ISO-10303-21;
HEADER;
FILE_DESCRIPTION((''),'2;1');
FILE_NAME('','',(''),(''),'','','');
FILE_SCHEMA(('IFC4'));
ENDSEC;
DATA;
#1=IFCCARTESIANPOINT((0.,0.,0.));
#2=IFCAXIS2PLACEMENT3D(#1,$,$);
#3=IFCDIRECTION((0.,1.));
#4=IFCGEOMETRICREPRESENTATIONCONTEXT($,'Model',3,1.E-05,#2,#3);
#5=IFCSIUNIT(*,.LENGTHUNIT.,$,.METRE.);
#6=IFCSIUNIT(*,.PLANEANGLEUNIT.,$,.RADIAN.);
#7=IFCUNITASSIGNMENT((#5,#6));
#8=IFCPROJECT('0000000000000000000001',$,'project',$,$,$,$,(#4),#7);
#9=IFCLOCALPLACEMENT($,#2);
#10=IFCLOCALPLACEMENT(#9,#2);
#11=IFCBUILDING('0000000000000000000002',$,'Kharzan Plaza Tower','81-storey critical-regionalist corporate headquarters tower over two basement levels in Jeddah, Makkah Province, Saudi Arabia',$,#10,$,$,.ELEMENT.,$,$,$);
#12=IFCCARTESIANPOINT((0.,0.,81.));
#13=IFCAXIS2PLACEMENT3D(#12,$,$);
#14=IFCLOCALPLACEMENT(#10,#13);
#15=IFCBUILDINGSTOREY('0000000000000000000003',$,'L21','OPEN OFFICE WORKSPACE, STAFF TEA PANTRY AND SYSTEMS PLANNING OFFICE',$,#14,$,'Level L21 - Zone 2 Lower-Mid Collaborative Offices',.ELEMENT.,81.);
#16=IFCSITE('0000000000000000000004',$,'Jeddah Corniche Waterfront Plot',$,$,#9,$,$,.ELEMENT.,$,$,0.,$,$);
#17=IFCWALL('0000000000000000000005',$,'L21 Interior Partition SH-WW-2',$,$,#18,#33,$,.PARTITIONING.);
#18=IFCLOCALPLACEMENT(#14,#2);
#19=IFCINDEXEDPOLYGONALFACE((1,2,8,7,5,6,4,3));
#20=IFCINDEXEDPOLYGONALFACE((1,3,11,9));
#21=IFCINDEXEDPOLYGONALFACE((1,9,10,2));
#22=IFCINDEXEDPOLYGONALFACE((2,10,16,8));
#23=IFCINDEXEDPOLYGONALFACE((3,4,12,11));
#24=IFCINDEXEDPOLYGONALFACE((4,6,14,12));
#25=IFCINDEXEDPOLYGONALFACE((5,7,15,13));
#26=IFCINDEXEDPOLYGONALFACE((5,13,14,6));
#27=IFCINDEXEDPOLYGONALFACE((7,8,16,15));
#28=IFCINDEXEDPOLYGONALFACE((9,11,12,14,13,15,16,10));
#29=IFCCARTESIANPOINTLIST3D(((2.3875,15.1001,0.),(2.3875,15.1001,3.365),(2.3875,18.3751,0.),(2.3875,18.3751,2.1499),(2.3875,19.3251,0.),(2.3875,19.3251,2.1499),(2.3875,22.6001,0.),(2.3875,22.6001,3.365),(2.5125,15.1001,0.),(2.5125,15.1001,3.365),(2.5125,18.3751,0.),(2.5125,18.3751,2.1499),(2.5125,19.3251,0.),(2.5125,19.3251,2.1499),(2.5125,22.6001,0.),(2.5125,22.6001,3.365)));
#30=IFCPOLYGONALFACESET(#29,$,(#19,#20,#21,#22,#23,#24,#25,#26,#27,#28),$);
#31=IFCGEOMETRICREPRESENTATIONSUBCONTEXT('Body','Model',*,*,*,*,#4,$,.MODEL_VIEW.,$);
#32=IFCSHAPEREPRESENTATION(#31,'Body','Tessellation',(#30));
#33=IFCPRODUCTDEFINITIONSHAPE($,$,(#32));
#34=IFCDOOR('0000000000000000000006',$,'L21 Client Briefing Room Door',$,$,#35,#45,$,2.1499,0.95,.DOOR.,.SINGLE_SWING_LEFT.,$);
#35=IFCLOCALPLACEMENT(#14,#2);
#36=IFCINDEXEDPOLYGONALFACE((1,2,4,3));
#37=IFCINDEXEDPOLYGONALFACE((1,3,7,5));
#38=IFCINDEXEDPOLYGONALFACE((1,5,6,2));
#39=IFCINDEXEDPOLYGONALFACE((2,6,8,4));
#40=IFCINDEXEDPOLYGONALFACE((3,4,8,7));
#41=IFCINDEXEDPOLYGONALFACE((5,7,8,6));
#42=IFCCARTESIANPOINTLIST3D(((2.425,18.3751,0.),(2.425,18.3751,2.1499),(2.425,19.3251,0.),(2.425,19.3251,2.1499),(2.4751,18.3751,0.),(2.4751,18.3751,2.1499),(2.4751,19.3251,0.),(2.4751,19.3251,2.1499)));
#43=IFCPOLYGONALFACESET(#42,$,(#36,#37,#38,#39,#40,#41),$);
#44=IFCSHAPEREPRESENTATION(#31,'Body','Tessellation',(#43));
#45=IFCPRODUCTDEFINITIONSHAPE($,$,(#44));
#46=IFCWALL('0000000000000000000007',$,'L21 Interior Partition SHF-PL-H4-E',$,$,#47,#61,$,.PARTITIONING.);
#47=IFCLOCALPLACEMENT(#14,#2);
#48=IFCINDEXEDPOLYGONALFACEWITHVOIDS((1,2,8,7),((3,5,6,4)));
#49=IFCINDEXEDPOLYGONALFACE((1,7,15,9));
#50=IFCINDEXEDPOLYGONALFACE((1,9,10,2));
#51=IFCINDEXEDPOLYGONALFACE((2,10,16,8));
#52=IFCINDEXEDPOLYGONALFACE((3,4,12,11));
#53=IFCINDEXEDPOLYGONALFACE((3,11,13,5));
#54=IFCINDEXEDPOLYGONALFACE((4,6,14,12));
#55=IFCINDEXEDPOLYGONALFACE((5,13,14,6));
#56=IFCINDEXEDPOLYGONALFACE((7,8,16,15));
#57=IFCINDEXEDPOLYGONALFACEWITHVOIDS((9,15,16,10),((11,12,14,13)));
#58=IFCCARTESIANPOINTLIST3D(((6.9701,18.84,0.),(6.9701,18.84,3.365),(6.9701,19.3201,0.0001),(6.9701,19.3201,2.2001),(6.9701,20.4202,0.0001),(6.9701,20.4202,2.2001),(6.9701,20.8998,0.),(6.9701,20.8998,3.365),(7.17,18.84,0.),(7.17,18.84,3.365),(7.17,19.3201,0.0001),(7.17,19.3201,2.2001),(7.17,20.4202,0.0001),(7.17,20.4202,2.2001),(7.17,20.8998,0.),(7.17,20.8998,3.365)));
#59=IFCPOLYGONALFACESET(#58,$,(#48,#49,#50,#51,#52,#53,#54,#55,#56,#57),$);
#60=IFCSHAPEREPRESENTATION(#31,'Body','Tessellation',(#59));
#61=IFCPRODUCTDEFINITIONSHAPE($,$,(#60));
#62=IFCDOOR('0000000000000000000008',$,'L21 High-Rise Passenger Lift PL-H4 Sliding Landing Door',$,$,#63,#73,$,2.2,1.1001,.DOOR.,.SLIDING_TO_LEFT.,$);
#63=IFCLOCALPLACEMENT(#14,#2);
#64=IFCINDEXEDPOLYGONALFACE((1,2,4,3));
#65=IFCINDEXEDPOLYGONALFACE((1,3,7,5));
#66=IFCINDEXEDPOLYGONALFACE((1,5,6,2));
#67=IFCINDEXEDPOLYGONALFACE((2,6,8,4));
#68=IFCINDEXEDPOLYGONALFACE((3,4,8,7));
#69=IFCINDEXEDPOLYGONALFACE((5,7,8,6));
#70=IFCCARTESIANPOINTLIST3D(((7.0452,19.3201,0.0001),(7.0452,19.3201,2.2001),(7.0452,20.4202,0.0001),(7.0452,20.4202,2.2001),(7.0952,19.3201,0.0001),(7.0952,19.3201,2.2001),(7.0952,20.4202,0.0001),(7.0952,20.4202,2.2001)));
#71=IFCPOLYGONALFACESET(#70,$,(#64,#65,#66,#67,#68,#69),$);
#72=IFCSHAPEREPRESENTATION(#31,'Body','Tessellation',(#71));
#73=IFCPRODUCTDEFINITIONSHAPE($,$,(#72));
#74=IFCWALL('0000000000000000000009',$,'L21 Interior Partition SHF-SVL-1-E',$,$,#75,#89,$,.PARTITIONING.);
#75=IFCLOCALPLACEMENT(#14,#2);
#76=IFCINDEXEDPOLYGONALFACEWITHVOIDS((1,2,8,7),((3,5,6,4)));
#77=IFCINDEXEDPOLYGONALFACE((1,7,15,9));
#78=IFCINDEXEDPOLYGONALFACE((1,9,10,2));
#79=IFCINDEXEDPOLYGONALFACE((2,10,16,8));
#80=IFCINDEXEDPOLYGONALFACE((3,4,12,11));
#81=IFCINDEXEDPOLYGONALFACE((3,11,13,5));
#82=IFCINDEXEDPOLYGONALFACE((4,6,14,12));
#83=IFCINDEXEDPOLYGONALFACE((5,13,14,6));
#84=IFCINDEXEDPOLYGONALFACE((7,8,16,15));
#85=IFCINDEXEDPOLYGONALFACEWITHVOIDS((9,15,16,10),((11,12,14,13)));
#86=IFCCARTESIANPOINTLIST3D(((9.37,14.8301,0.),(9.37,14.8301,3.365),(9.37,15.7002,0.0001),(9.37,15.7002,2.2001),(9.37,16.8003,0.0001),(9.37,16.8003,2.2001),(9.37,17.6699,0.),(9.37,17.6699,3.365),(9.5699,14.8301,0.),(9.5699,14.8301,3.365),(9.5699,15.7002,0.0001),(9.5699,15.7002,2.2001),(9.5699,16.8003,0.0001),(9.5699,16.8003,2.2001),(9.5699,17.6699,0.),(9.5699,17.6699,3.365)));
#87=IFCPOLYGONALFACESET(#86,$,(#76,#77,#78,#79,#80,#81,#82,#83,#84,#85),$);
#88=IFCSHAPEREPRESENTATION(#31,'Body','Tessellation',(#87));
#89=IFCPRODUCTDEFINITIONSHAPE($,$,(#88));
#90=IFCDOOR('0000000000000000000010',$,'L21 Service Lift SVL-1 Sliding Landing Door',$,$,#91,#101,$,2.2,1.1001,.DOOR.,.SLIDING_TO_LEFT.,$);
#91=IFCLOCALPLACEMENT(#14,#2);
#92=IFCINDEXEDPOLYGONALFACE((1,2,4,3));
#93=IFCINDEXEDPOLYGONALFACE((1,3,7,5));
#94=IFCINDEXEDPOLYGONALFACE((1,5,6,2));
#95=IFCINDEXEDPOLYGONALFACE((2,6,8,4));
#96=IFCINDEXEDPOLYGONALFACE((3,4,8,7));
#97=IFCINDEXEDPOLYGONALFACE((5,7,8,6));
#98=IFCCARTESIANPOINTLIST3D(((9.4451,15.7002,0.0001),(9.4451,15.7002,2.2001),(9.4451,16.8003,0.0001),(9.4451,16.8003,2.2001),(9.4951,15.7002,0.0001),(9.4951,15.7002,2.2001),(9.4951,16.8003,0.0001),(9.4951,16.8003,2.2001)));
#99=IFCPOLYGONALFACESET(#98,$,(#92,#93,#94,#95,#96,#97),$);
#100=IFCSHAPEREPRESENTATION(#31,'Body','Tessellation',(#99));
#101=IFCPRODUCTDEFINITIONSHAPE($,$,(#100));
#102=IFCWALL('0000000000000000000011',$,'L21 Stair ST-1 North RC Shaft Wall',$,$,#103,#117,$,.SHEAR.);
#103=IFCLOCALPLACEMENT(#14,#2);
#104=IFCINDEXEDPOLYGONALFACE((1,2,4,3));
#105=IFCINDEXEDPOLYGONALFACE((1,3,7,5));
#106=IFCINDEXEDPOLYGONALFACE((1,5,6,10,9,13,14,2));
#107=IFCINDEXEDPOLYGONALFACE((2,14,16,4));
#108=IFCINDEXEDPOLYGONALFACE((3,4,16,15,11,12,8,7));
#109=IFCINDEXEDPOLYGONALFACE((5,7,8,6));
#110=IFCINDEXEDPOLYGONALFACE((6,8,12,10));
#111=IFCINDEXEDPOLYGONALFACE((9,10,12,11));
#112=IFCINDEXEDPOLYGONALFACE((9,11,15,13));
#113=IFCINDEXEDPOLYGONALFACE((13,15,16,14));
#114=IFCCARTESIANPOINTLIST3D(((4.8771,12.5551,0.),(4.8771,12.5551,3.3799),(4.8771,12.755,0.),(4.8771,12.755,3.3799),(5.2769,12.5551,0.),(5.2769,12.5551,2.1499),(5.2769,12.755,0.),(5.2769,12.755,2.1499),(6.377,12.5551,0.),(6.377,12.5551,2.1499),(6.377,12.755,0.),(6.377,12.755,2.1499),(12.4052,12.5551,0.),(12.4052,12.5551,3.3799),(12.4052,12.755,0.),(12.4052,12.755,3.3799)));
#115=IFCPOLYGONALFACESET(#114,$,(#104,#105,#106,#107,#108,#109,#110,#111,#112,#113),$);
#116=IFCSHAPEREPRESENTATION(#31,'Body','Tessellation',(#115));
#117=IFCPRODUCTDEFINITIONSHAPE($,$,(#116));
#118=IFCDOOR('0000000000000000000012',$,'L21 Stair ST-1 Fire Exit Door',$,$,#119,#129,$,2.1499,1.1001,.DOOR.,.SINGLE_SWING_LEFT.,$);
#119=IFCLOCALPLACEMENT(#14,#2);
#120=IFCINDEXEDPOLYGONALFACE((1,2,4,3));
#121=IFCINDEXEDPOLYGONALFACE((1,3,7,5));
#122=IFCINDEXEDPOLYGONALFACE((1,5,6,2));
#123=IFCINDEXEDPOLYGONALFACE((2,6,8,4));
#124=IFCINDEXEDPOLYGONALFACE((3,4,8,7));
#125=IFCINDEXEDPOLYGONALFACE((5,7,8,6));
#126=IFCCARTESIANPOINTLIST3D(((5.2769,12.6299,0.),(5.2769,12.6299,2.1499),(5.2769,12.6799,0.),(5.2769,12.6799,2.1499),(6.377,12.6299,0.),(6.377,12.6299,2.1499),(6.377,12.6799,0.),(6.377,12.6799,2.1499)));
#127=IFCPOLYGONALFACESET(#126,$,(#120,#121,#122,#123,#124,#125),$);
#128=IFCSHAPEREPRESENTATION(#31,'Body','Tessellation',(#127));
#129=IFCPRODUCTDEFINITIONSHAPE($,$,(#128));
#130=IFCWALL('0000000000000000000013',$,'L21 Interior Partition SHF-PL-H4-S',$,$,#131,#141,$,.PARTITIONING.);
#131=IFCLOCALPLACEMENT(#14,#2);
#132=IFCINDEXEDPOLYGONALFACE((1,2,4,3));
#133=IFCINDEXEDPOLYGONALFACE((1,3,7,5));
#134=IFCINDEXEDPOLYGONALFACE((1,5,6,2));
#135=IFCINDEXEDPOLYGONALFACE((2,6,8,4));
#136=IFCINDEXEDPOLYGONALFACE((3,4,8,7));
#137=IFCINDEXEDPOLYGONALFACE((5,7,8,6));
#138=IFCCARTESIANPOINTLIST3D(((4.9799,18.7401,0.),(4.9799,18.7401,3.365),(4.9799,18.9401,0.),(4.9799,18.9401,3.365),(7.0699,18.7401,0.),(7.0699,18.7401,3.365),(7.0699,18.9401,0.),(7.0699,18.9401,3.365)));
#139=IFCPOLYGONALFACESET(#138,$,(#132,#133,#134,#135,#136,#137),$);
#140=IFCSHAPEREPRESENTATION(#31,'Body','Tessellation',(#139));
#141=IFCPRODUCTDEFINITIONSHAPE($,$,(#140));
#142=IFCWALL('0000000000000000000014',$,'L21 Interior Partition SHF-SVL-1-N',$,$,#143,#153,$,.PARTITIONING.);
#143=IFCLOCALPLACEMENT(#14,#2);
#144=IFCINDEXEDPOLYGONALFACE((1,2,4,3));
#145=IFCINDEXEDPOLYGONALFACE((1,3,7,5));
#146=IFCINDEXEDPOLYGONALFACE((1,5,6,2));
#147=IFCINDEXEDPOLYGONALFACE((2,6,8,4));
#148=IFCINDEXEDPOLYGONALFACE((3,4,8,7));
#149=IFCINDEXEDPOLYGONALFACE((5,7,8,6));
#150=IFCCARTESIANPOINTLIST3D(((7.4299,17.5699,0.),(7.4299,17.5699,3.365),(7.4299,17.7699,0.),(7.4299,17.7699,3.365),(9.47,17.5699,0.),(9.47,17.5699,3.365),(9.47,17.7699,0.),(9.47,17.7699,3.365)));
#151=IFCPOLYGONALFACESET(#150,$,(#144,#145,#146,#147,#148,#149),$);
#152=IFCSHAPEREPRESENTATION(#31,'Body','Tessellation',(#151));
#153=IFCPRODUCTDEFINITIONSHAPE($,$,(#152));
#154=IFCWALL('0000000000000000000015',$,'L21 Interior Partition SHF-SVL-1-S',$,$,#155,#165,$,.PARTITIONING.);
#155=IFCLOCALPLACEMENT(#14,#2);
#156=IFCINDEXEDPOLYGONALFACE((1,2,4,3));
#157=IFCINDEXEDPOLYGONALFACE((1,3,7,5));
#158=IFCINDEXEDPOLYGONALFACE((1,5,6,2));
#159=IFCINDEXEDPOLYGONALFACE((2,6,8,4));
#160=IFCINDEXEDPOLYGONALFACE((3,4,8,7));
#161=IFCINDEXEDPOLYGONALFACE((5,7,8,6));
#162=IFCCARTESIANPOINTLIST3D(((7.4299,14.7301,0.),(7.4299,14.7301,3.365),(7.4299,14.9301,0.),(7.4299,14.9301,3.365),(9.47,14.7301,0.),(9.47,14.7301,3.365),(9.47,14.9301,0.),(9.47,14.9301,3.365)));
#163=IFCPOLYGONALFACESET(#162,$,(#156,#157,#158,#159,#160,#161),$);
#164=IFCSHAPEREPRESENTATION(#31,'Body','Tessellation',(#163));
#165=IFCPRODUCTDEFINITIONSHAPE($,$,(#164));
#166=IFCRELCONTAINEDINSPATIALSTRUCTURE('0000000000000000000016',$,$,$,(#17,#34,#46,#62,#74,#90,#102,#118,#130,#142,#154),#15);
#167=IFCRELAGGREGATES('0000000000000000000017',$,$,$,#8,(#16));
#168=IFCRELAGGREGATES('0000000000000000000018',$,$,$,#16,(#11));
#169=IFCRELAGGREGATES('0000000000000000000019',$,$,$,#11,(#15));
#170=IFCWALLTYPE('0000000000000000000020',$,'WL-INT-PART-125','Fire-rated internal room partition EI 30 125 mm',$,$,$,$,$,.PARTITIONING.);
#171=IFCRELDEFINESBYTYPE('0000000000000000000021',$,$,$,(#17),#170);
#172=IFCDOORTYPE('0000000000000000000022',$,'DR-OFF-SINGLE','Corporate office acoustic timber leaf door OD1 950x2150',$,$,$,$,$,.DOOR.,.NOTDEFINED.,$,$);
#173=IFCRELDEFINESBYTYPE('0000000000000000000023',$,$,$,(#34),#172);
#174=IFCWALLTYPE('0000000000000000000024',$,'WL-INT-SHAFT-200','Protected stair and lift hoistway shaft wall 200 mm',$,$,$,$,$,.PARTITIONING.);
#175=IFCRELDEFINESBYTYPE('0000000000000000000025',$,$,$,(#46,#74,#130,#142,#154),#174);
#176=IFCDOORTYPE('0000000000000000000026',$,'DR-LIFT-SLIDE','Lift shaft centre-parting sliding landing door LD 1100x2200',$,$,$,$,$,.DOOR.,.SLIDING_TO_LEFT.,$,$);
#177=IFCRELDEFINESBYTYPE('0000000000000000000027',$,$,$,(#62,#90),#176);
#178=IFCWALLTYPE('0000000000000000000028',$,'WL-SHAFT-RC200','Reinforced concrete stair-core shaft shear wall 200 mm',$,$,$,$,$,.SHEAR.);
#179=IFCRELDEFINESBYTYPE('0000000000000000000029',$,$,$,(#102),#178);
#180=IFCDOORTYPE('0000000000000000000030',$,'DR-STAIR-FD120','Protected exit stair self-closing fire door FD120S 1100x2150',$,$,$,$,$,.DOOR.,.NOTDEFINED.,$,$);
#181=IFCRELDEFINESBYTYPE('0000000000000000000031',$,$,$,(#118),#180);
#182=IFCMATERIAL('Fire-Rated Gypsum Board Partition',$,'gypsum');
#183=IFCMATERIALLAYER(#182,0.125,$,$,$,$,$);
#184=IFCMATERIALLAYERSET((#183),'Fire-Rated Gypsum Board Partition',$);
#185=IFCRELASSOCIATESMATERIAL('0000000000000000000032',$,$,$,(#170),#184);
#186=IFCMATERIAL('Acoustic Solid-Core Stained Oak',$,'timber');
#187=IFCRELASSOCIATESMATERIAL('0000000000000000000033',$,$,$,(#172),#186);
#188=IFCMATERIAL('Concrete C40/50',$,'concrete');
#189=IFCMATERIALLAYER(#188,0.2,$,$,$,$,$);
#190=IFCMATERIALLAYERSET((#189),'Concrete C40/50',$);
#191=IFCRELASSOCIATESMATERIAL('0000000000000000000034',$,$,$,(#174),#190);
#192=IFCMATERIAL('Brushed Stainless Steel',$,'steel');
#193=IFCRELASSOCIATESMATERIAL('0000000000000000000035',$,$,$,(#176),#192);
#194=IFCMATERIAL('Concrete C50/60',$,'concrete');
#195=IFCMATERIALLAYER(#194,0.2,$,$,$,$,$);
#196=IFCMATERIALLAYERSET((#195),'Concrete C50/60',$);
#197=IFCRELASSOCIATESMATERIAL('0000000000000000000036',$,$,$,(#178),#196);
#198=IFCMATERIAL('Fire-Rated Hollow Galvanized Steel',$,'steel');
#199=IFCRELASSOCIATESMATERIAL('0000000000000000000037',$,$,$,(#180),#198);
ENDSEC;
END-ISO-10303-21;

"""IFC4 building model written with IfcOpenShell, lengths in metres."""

from ifc_helpers import new_model, si_unit, direction, frame, frame_2d, origin, place, context, subcontext, project, spatial, rectangle, extrude, source, transform, mapped, material, layer, layer_set, type_object, element, fill, save


model = new_model("IFC4")

# Units and contexts
model_context = context("Model", 3, precision=1e-05, world=origin(), true_north=direction((0.0, 1.0)))
body_context = subcontext(model_context, "Body", "Model", "MODEL_VIEW")
ifc_project = project(units=[si_unit("LENGTHUNIT", "METRE"), si_unit("PLANEANGLEUNIT", "RADIAN")], contexts=[model_context])

# Site, building, storey
site_placement = place(None, origin())
site = spatial("IfcSite", under=ifc_project, at=site_placement, Name="Jeddah Corniche Waterfront Plot", CompositionType="ELEMENT", RefElevation=0.0)
building_placement = place(site_placement, origin())
building = spatial("IfcBuilding", under=site, at=building_placement, Name="Kharzan Plaza Tower", Description="81-storey critical-regionalist corporate headquarters tower over two basement levels in Jeddah, Makkah Province, Saudi Arabia", CompositionType="ELEMENT")
storey_placement = place(building_placement, frame((0.0, 0.0, 81.0)))
storey = spatial("IfcBuildingStorey", under=building, at=storey_placement, Name="L21", Description="OPEN OFFICE WORKSPACE, STAFF TEA PANTRY AND SYSTEMS PLANNING OFFICE", LongName="Level L21 - Zone 2 Lower-Mid Collaborative Offices", CompositionType="ELEMENT", Elevation=81.0)

# Shared definitions
ifc_material_1 = material(Name="Concrete C40/50", Category="concrete")

# Walls, openings, doors
ifc_material_2 = material(Name="Fire-Rated Gypsum Board Partition", Category="gypsum")
ifc_layer_1 = layer(ifc_material_2, 0.125)
ifc_layer_set_1 = layer_set([ifc_layer_1], Name="Fire-Rated Gypsum Board Partition")
wall_type_1 = type_object("IfcWallType", Name="WL-INT-PART-125", Description="Fire-rated internal room partition EI 30 125 mm", PredefinedType="PARTITIONING", material=ifc_layer_set_1)
wall_1_placement = place(storey_placement, frame((2.45, 15.1001, 0.0), z_axis=(0.0, 0.0, 1.0), x_axis=(0.0, 1.0, 0.0)))
wall_1 = element("IfcWall", 1, at=wall_1_placement, inside=storey, type_object=wall_type_1, Name="L21 Interior Partition SH-WW-2", PredefinedType="PARTITIONING", context=body_context, shape_type="SweptSolid", body=[
    extrude(rectangle(XDim=7.5, YDim=0.125, at=frame_2d((3.75, 0.0))), origin(), (0.0, 0.0, 1.0), 3.365),
])
opening_1_placement = place(wall_1_placement, frame((3.2749, 0.0, 0.0)))
opening_1 = element("IfcOpeningElement", 2, at=opening_1_placement, cuts=wall_1, PredefinedType="OPENING", context=body_context, shape_type="SweptSolid", body=[
    extrude(rectangle(XDim=0.95, YDim=2.1499, at=frame_2d((0.4751, 1.075))), frame((0.0, 0.0725, 0.0), z_axis=(0.0, -1.0, 0.0), x_axis=(1.0, 0.0, 0.0)), (0.0, 0.0, 1.0), 0.145),
])
ifc_material_3 = material(Name="Acoustic Solid-Core Stained Oak", Category="timber")
door_type_1 = type_object("IfcDoorType", Name="DR-OFF-SINGLE", Description="Corporate office acoustic timber leaf door OD1 950x2150", OperationType="NOTDEFINED", PredefinedType="DOOR", material=ifc_material_3)
shared_shape_1 = source(origin(), body_context, "Body", "SweptSolid", [
    extrude(rectangle(XDim=0.95, YDim=2.1499, at=frame_2d((0.4751, 1.075))), frame((0.0, 0.0249, 0.0), z_axis=(0.0, -1.0, 0.0), x_axis=(1.0, 0.0, 0.0)), (0.0, 0.0, 1.0), 0.05),
])
door_1_placement = place(opening_1_placement, origin())
door_1 = element("IfcDoor", 3, at=door_1_placement, inside=storey, type_object=door_type_1, Name="L21 Client Briefing Room Door", OperationType="SINGLE_SWING_LEFT", OverallHeight=2.1499, OverallWidth=0.95, PredefinedType="DOOR", context=body_context, shape_type="MappedRepresentation", body=[
    mapped(shared_shape_1, transform((0.0, 0.0, 0.0), x_axis=(1.0, 0.0, 0.0), y_axis=(0.0, 1.0, 0.0), z_axis=(0.0, 0.0, 1.0))),
])
fill(opening_1, door_1)
ifc_layer_2 = layer(ifc_material_1, 0.2)
ifc_layer_set_2 = layer_set([ifc_layer_2], Name="Concrete C40/50")
wall_type_2 = type_object("IfcWallType", Name="WL-INT-SHAFT-200", Description="Protected stair and lift hoistway shaft wall 200 mm", PredefinedType="PARTITIONING", material=ifc_layer_set_2)
wall_2_placement = place(storey_placement, frame((7.0701, 18.8401, 0.0), z_axis=(0.0, 0.0, 1.0), x_axis=(0.0, 1.0, 0.0)))
wall_2 = element("IfcWall", 4, at=wall_2_placement, inside=storey, type_object=wall_type_2, Name="L21 Interior Partition SHF-PL-H4-E", PredefinedType="PARTITIONING", context=body_context, shape_type="SweptSolid", body=[
    extrude(rectangle(XDim=2.0598, YDim=0.2, at=frame_2d((1.0298, 0.0))), origin(), (0.0, 0.0, 1.0), 3.365),
])
opening_2_placement = place(wall_2_placement, frame((0.48, 0.0, 0.0)))
opening_2 = element("IfcOpeningElement", 5, at=opening_2_placement, cuts=wall_2, PredefinedType="OPENING", context=body_context, shape_type="SweptSolid", body=[
    extrude(rectangle(XDim=1.1001, YDim=2.2, at=frame_2d((0.55, 1.1001))), frame((0.0, 0.1099, 0.0), z_axis=(0.0, -1.0, 0.0), x_axis=(1.0, 0.0, 0.0)), (0.0, 0.0, 1.0), 0.22),
])
ifc_material_4 = material(Name="Brushed Stainless Steel", Category="steel")
door_type_2 = type_object("IfcDoorType", Name="DR-LIFT-SLIDE", Description="Lift shaft centre-parting sliding landing door LD 1100x2200", OperationType="SLIDING_TO_LEFT", PredefinedType="DOOR", material=ifc_material_4)
shared_shape_2 = source(origin(), body_context, "Body", "SweptSolid", [
    extrude(rectangle(XDim=1.1001, YDim=2.2, at=frame_2d((0.55, 1.1001))), frame((0.0, 0.0249, 0.0), z_axis=(0.0, -1.0, 0.0), x_axis=(1.0, 0.0, 0.0)), (0.0, 0.0, 1.0), 0.05),
])
door_2_placement = place(opening_2_placement, origin())
door_2 = element("IfcDoor", 6, at=door_2_placement, inside=storey, type_object=door_type_2, Name="L21 High-Rise Passenger Lift PL-H4 Sliding Landing Door", OperationType="SLIDING_TO_LEFT", OverallHeight=2.2, OverallWidth=1.1001, PredefinedType="DOOR", context=body_context, shape_type="MappedRepresentation", body=[
    mapped(shared_shape_2, transform((0.0, 0.0, 0.0), x_axis=(1.0, 0.0, 0.0), y_axis=(0.0, 1.0, 0.0), z_axis=(0.0, 0.0, 1.0))),
])
fill(opening_2, door_2)
wall_3_placement = place(storey_placement, frame((9.47, 14.8301, 0.0), z_axis=(0.0, 0.0, 1.0), x_axis=(0.0, 1.0, 0.0)))
wall_3 = element("IfcWall", 7, at=wall_3_placement, inside=storey, type_object=wall_type_2, Name="L21 Interior Partition SHF-SVL-1-E", PredefinedType="PARTITIONING", context=body_context, shape_type="SweptSolid", body=[
    extrude(rectangle(XDim=2.8398, YDim=0.2, at=frame_2d((1.4199, 0.0))), origin(), (0.0, 0.0, 1.0), 3.365),
])
opening_3_placement = place(wall_3_placement, frame((0.8701, 0.0, 0.0)))
opening_3 = element("IfcOpeningElement", 8, at=opening_3_placement, cuts=wall_3, PredefinedType="OPENING", context=body_context, shape_type="SweptSolid", body=[
    extrude(rectangle(XDim=1.1001, YDim=2.2, at=frame_2d((0.55, 1.1001))), frame((0.0, 0.1099, 0.0), z_axis=(0.0, -1.0, 0.0), x_axis=(1.0, 0.0, 0.0)), (0.0, 0.0, 1.0), 0.22),
])
door_3_placement = place(opening_3_placement, origin())
door_3 = element("IfcDoor", 9, at=door_3_placement, inside=storey, type_object=door_type_2, Name="L21 Service Lift SVL-1 Sliding Landing Door", OperationType="SLIDING_TO_LEFT", OverallHeight=2.2, OverallWidth=1.1001, PredefinedType="DOOR", context=body_context, shape_type="MappedRepresentation", body=[
    mapped(shared_shape_2, transform((0.0, 0.0, 0.0), x_axis=(1.0, 0.0, 0.0), y_axis=(0.0, 1.0, 0.0), z_axis=(0.0, 0.0, 1.0))),
])
fill(opening_3, door_3)
ifc_material_5 = material(Name="Concrete C50/60", Category="concrete")
ifc_layer_3 = layer(ifc_material_5, 0.2)
ifc_layer_set_3 = layer_set([ifc_layer_3], Name="Concrete C50/60")
wall_type_3 = type_object("IfcWallType", Name="WL-SHAFT-RC200", Description="Reinforced concrete stair-core shaft shear wall 200 mm", PredefinedType="SHEAR", material=ifc_layer_set_3)
wall_4_placement = place(storey_placement, frame((4.877, 12.655, 0.0), z_axis=(0.0, 0.0, 1.0), x_axis=(1.0, 0.0, 0.0)))
wall_4 = element("IfcWall", 10, at=wall_4_placement, inside=storey, type_object=wall_type_3, Name="L21 Stair ST-1 North RC Shaft Wall", PredefinedType="SHEAR", context=body_context, shape_type="SweptSolid", body=[
    extrude(rectangle(XDim=7.5281, YDim=0.2, at=frame_2d((3.7642, 0.0))), origin(), (0.0, 0.0, 1.0), 3.3799),
])
opening_4_placement = place(wall_4_placement, frame((0.3999, 0.0, 0.0)))
opening_4 = element("IfcOpeningElement", 11, at=opening_4_placement, cuts=wall_4, PredefinedType="OPENING", context=body_context, shape_type="SweptSolid", body=[
    extrude(rectangle(XDim=1.1001, YDim=2.1499, at=frame_2d((0.55, 1.075))), frame((0.0, 0.1099, 0.0), z_axis=(0.0, -1.0, 0.0), x_axis=(1.0, 0.0, 0.0)), (0.0, 0.0, 1.0), 0.22),
])
ifc_material_6 = material(Name="Fire-Rated Hollow Galvanized Steel", Category="steel")
door_type_3 = type_object("IfcDoorType", Name="DR-STAIR-FD120", Description="Protected exit stair self-closing fire door FD120S 1100x2150", OperationType="NOTDEFINED", PredefinedType="DOOR", material=ifc_material_6)
shared_shape_3 = source(origin(), body_context, "Body", "SweptSolid", [
    extrude(rectangle(XDim=1.1001, YDim=2.1499, at=frame_2d((0.55, 1.075))), frame((0.0, 0.0249, 0.0), z_axis=(0.0, -1.0, 0.0), x_axis=(1.0, 0.0, 0.0)), (0.0, 0.0, 1.0), 0.05),
])
door_4_placement = place(opening_4_placement, origin())
door_4 = element("IfcDoor", 12, at=door_4_placement, inside=storey, type_object=door_type_3, Name="L21 Stair ST-1 Fire Exit Door", OperationType="SINGLE_SWING_LEFT", OverallHeight=2.1499, OverallWidth=1.1001, PredefinedType="DOOR", context=body_context, shape_type="MappedRepresentation", body=[
    mapped(shared_shape_3, transform((0.0, 0.0, 0.0), x_axis=(1.0, 0.0, 0.0), y_axis=(0.0, 1.0, 0.0), z_axis=(0.0, 0.0, 1.0))),
])
fill(opening_4, door_4)

# Walls
shared_shape_4 = source(origin(), body_context, "Body", "SweptSolid", [
    extrude(rectangle(XDim=2.0901, YDim=0.2, at=frame_2d((1.0449, 0.0))), origin(), (0.0, 0.0, 1.0), 3.365),
])
wall_5_placement = place(storey_placement, frame((4.98, 18.8401, 0.0), z_axis=(0.0, 0.0, 1.0), x_axis=(1.0, 0.0, 0.0)))
element("IfcWall", 13, at=wall_5_placement, inside=storey, type_object=wall_type_2, Name="L21 Interior Partition SHF-PL-H4-S", PredefinedType="PARTITIONING", context=body_context, shape_type="MappedRepresentation", body=[
    mapped(shared_shape_4, transform((0.0, 0.0, 0.0), x_axis=(1.0, 0.0, 0.0), y_axis=(0.0, 1.0, 0.0), z_axis=(0.0, 0.0, 1.0))),
])
shared_shape_5 = source(origin(), body_context, "Body", "SweptSolid", [
    extrude(rectangle(XDim=2.04, YDim=0.2, at=frame_2d((1.02, 0.0))), origin(), (0.0, 0.0, 1.0), 3.365),
])
for number, where, z_axis, x_axis, name in (
    (14, (7.4299, 17.6699, 0.0), (0.0, 0.0, 1.0), (1.0, 0.0, 0.0), "L21 Interior Partition SHF-SVL-1-N"),
    (15, (7.4299, 14.8301, 0.0), (0.0, 0.0, 1.0), (1.0, 0.0, 0.0), "L21 Interior Partition SHF-SVL-1-S"),
):
    element("IfcWall", number, at=place(storey_placement, frame(where, z_axis=z_axis, x_axis=x_axis)), inside=storey, type_object=wall_type_2, Name=name, PredefinedType="PARTITIONING", context=body_context, shape_type="MappedRepresentation", body=[
        mapped(shared_shape_5, transform((0.0, 0.0, 0.0), x_axis=(1.0, 0.0, 0.0), y_axis=(0.0, 1.0, 0.0), z_axis=(0.0, 0.0, 1.0))),
    ])

save(model, "model.ifc")
